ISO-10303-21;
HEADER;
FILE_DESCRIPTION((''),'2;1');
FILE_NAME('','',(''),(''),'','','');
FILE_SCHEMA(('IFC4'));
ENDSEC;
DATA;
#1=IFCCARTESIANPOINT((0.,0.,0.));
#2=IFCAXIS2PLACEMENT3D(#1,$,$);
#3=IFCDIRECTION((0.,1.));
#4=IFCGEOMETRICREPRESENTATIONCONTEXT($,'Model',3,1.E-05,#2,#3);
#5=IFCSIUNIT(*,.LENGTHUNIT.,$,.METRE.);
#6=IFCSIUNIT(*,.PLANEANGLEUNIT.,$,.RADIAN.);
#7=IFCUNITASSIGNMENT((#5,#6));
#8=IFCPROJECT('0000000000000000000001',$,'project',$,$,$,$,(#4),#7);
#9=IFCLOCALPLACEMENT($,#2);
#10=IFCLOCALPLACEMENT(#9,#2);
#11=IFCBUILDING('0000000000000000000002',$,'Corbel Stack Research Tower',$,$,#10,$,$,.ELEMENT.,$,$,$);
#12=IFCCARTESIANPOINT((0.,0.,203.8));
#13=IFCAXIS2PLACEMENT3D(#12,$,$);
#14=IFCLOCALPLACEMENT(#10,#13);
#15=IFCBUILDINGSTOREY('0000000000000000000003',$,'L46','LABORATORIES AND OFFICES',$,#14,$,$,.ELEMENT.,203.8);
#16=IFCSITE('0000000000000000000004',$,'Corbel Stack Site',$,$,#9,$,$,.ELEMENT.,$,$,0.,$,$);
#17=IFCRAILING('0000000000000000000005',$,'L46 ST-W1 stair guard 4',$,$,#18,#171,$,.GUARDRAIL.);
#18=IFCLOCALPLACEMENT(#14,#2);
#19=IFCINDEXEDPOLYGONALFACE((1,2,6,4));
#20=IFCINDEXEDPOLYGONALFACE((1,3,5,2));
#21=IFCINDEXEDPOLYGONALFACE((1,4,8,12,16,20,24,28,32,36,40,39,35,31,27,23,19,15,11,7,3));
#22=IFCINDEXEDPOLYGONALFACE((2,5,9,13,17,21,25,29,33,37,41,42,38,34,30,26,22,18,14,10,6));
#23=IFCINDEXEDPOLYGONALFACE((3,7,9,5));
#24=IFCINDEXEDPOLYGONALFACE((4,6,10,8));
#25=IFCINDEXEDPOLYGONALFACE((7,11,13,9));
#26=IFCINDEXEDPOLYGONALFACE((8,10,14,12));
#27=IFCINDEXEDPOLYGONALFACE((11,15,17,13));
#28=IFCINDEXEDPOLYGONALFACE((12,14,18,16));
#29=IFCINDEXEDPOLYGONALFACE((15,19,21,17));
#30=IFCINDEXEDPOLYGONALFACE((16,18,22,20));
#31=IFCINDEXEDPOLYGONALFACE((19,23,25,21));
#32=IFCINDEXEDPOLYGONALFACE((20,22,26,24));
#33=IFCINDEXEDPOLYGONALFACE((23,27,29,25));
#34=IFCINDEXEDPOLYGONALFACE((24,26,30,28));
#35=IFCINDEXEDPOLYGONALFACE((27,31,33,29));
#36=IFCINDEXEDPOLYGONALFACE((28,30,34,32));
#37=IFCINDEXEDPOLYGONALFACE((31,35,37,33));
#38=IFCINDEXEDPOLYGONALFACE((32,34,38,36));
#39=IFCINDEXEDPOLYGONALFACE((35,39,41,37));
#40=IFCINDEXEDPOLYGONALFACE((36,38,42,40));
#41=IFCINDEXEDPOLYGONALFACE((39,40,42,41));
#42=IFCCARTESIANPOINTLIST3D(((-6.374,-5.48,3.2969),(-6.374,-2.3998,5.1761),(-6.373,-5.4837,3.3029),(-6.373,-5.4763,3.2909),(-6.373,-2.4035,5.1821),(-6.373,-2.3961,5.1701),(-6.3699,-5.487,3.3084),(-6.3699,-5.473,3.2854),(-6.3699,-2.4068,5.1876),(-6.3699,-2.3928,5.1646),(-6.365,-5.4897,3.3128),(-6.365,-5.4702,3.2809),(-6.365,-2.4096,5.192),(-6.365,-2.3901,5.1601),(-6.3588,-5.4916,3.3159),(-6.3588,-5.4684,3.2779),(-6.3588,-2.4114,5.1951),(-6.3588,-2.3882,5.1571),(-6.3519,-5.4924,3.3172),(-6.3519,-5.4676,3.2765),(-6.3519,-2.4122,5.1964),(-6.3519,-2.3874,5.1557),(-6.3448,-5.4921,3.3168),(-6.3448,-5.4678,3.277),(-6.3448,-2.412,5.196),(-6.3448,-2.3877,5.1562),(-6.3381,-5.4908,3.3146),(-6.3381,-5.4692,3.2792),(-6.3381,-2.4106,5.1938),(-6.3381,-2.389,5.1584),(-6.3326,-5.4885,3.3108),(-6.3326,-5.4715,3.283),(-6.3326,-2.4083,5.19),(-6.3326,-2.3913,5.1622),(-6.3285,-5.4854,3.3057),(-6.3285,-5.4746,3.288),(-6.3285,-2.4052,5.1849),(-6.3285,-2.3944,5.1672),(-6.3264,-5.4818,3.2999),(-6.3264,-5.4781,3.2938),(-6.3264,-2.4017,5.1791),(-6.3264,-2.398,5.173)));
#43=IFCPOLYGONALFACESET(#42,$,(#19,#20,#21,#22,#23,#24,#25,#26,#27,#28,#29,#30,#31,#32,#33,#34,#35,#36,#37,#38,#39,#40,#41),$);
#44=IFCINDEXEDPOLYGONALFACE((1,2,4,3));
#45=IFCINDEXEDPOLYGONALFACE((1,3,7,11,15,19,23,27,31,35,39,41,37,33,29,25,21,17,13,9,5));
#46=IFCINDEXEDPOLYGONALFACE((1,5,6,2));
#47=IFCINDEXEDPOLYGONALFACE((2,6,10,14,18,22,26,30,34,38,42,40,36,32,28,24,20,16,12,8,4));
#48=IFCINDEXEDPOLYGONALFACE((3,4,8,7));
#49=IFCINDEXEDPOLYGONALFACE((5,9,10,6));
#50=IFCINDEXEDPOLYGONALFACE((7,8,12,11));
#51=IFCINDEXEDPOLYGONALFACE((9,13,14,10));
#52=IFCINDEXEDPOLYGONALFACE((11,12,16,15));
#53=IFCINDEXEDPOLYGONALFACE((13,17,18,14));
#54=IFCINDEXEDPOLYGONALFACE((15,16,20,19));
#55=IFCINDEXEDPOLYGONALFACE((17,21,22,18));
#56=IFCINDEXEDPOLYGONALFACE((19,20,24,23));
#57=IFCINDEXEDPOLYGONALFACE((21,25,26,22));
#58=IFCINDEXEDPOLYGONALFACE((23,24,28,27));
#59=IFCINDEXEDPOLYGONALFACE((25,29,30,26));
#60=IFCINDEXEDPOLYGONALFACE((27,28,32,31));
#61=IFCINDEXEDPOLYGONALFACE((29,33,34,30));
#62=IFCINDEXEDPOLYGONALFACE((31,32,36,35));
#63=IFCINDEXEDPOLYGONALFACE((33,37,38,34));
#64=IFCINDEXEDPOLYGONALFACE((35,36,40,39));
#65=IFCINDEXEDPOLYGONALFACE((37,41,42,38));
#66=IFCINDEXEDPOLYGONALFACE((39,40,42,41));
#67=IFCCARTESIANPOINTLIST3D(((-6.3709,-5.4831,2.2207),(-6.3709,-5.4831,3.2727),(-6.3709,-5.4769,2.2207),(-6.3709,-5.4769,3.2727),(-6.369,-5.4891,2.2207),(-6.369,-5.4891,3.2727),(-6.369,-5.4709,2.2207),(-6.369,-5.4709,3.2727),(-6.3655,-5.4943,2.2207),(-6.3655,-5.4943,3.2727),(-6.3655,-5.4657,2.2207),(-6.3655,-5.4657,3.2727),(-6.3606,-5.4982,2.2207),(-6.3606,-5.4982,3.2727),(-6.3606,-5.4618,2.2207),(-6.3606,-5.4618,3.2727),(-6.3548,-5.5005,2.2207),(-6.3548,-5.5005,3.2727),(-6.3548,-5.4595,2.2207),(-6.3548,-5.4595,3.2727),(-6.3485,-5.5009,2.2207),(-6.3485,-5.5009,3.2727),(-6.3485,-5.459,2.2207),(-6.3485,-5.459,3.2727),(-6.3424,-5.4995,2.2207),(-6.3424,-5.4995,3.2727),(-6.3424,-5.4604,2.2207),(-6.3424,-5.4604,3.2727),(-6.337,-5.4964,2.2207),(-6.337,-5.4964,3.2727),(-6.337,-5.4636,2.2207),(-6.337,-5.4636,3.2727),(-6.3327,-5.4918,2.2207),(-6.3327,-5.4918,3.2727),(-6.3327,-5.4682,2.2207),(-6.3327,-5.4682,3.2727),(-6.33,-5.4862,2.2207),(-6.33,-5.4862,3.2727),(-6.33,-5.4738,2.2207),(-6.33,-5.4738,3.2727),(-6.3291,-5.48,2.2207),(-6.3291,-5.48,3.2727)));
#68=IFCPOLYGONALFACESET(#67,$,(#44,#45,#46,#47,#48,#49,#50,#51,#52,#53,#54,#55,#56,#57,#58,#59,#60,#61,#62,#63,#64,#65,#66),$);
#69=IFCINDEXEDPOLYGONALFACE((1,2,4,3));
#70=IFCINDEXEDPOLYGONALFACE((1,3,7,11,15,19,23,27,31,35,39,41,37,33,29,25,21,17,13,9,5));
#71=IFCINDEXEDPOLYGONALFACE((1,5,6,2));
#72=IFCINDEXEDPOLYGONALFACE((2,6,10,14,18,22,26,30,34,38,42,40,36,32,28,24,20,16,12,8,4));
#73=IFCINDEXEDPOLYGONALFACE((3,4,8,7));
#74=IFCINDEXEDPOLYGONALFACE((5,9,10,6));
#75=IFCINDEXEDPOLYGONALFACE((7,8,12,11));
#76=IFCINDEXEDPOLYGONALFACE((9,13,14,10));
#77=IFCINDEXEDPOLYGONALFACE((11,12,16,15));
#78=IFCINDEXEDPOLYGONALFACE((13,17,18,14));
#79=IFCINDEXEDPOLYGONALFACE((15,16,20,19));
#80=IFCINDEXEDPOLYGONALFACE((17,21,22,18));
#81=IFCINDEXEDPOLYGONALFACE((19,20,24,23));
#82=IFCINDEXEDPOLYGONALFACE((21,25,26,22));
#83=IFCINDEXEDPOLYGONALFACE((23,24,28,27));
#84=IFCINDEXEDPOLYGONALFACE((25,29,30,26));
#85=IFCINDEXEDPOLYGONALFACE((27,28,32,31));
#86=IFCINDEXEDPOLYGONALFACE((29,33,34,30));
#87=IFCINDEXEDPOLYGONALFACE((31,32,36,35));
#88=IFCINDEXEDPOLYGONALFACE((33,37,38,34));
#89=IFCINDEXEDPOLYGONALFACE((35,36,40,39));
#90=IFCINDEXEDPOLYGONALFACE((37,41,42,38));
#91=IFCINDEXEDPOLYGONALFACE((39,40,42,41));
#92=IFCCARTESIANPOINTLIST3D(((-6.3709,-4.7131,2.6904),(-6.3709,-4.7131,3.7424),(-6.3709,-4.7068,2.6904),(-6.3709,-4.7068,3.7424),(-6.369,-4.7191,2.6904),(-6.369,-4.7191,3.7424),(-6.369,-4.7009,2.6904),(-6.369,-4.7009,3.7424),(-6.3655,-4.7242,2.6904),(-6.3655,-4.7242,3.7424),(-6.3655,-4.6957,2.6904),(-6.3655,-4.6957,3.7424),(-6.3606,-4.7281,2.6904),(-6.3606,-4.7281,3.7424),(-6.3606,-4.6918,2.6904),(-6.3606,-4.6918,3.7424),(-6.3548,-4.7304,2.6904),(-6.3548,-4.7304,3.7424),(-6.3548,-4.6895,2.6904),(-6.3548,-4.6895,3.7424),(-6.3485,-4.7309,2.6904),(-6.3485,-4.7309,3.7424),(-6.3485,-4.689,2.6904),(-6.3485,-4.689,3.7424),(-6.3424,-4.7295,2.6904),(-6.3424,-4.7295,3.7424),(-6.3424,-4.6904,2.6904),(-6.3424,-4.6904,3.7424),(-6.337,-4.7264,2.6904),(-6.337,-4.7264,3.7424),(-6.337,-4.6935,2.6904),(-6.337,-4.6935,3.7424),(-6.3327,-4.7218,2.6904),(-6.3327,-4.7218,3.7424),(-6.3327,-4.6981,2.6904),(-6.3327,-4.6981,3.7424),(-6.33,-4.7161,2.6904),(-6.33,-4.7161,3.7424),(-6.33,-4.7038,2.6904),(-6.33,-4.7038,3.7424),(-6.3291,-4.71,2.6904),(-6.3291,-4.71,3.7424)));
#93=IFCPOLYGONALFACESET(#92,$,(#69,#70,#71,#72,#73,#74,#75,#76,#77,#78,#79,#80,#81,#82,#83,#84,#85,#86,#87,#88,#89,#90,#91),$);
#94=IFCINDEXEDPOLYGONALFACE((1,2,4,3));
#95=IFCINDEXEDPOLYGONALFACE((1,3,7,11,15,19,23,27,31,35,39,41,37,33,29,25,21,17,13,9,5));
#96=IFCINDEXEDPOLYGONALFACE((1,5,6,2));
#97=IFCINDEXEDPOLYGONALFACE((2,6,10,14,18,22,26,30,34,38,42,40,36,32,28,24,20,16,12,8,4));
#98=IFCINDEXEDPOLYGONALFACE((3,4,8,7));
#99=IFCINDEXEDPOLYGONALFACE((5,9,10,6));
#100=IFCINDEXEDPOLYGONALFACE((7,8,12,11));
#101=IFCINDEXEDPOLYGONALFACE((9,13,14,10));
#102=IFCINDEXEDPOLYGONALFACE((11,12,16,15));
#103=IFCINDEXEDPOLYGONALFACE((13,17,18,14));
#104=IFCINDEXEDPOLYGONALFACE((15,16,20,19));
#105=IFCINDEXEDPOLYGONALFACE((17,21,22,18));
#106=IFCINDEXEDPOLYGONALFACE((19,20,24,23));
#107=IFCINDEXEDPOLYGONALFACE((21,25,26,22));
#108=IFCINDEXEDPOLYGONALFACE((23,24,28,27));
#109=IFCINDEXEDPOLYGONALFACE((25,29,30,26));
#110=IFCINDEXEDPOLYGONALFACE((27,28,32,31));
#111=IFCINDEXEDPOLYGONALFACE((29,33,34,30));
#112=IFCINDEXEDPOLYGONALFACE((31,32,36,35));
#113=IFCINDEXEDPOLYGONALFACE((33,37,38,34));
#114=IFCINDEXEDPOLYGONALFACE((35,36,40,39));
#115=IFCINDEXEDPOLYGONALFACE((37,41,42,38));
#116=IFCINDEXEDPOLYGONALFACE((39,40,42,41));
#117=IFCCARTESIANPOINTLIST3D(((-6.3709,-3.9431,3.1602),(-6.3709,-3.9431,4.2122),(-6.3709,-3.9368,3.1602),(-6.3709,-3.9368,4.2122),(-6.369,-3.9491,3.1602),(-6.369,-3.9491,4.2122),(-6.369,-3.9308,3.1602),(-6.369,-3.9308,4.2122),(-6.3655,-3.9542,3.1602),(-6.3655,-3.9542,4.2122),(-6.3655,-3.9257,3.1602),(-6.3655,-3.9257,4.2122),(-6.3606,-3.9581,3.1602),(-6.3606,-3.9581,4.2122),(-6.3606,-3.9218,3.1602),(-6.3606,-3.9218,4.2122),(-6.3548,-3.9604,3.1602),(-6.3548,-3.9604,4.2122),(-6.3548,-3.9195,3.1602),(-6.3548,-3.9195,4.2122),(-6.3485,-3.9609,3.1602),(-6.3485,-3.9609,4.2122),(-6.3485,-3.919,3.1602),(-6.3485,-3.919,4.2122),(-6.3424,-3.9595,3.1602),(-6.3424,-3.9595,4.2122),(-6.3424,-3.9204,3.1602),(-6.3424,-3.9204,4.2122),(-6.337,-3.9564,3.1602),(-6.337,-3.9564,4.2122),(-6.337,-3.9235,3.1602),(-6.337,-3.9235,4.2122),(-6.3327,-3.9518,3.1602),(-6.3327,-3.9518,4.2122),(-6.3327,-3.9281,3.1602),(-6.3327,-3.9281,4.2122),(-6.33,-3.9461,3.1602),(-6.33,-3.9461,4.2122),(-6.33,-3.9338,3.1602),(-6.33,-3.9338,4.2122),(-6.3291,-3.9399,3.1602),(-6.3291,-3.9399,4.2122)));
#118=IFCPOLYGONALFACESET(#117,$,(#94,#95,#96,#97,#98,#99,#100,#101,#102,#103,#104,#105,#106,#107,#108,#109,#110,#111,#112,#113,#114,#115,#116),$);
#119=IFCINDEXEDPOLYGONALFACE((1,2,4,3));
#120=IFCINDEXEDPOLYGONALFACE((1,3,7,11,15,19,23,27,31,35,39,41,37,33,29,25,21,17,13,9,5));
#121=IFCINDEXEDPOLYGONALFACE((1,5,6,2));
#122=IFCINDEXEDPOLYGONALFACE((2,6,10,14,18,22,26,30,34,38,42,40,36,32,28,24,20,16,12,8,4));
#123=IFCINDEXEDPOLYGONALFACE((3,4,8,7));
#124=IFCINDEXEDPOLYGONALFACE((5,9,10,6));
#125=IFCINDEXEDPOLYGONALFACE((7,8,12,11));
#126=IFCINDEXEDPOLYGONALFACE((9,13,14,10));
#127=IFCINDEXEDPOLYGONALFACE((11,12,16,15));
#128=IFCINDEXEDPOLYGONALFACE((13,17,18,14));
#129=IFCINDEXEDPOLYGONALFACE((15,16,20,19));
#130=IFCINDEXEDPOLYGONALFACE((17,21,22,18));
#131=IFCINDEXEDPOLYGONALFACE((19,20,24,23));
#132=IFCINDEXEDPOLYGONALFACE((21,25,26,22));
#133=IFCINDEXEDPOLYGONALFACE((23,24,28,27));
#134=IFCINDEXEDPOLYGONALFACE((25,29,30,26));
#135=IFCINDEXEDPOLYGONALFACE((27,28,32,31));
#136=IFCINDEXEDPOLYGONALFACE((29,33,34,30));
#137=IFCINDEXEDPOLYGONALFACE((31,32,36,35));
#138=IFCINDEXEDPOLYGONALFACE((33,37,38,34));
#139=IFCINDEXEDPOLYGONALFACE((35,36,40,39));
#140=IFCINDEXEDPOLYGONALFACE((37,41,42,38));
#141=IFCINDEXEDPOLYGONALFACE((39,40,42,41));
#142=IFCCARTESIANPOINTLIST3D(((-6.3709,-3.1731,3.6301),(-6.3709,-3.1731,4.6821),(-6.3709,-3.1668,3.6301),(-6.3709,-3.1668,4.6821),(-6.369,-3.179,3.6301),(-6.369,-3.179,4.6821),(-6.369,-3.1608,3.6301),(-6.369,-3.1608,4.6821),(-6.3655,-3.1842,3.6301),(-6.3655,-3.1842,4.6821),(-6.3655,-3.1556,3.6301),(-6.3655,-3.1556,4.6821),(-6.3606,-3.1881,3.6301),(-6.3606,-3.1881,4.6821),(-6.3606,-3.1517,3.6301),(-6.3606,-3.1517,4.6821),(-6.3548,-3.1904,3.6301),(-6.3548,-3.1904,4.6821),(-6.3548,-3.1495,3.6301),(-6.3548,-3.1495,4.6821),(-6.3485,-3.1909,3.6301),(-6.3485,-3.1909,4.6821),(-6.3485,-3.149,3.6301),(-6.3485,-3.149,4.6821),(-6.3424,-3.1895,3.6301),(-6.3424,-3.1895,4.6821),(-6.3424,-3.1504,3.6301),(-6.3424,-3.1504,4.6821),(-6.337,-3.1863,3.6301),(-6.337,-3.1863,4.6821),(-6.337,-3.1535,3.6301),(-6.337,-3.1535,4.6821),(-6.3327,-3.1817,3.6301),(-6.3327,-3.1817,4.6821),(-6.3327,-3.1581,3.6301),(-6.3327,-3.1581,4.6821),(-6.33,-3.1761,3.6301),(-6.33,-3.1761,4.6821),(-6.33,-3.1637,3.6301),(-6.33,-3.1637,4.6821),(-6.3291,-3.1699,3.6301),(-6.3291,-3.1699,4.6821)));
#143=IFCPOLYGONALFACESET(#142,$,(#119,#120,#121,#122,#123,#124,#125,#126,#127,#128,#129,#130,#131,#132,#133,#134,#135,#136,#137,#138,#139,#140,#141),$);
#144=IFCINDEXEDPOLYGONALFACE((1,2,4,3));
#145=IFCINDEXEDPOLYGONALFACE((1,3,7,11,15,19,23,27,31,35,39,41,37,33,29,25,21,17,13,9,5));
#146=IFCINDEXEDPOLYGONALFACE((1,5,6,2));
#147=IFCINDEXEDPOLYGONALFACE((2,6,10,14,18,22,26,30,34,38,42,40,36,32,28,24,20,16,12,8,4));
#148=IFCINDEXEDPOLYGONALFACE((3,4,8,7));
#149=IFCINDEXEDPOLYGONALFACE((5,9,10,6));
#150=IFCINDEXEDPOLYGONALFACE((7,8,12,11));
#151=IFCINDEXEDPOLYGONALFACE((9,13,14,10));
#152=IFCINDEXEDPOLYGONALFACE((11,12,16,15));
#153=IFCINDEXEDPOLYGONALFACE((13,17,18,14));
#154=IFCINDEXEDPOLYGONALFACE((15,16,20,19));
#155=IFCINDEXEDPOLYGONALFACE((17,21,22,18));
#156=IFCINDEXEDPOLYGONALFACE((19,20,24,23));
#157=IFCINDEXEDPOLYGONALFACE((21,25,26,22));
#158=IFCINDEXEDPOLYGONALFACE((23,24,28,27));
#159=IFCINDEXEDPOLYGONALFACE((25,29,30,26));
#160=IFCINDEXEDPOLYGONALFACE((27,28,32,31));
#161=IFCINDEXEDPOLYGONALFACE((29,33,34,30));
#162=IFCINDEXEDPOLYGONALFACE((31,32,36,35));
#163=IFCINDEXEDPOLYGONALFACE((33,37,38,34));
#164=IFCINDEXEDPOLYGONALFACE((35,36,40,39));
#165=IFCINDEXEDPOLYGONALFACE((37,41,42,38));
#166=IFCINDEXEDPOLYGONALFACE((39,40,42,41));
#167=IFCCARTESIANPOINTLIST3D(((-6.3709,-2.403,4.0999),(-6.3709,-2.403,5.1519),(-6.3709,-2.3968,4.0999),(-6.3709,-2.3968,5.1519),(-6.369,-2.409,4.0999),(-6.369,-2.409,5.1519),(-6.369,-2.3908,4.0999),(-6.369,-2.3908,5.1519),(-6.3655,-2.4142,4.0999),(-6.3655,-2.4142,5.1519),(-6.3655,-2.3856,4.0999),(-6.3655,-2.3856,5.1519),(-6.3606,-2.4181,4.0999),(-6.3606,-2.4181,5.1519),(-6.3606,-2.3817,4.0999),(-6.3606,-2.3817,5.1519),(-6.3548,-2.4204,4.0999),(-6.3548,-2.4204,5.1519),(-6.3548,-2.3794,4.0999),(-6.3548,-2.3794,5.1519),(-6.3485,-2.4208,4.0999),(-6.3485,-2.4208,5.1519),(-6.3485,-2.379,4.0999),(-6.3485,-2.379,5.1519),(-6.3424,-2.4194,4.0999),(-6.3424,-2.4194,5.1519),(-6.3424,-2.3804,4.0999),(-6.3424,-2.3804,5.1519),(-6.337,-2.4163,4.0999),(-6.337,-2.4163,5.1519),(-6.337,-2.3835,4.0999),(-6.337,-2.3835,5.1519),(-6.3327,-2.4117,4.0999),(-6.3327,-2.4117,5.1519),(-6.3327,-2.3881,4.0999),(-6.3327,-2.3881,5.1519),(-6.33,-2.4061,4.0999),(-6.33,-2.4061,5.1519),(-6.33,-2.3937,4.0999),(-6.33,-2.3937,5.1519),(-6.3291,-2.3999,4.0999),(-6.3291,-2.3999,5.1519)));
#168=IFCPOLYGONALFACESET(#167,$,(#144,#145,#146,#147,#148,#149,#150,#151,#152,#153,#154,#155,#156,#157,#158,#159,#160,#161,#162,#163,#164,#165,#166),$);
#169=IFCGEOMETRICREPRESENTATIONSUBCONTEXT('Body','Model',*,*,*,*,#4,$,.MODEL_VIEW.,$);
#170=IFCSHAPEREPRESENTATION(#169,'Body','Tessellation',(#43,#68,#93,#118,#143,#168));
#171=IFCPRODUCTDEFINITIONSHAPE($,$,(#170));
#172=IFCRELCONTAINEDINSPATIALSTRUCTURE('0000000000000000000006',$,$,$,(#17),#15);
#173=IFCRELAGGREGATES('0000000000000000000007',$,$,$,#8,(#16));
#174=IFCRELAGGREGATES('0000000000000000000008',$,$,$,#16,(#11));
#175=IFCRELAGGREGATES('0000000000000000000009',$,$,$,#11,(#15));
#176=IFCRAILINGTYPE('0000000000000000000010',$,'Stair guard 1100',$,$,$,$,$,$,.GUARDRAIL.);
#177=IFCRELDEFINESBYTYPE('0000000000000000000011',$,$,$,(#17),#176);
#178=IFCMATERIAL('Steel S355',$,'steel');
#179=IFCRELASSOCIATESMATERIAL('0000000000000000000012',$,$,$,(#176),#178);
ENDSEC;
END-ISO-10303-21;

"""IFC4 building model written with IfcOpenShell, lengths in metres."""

from ifc_helpers import new_model, si_unit, direction, frame, origin, origin_2d, place, context, subcontext, project, spatial, circle, extrude, material, type_object, element, save


model = new_model("IFC4")

# Units and contexts
model_context = context("Model", 3, precision=1e-05, world=origin(), true_north=direction((0.0, 1.0)))
body_context = subcontext(model_context, "Body", "Model", "MODEL_VIEW")
ifc_project = project(units=[si_unit("LENGTHUNIT", "METRE"), si_unit("PLANEANGLEUNIT", "RADIAN")], contexts=[model_context])

# Site, building, storey
site_placement = place(None, origin())
site = spatial("IfcSite", under=ifc_project, at=site_placement, Name="Corbel Stack Site", CompositionType="ELEMENT", RefElevation=0.0)
building_placement = place(site_placement, origin())
building = spatial("IfcBuilding", under=site, at=building_placement, Name="Corbel Stack Research Tower", CompositionType="ELEMENT")
storey_placement = place(building_placement, frame((0.0, 0.0, 203.8)))
storey = spatial("IfcBuildingStorey", under=building, at=storey_placement, Name="L46", Description="LABORATORIES AND OFFICES", CompositionType="ELEMENT", Elevation=203.8)

# Railing
ifc_material_1 = material(Name="Steel S355", Category="steel")
railing_type_1 = type_object("IfcRailingType", Name="Stair guard 1100", PredefinedType="GUARDRAIL", material=ifc_material_1)
railing_1_placement = place(storey_placement, frame((-6.3501, -5.48, 2.2207)))
element("IfcRailing", 1, at=railing_1_placement, inside=storey, type_object=railing_type_1, Name="L46 ST-W1 stair guard 4", PredefinedType="GUARDRAIL", context=body_context, shape_type="SweptSolid", body=[
    extrude(circle(Radius=0.0239, at=origin_2d()), frame((0.0, 0.0, 1.0762), z_axis=(0.0, 0.853666, 0.52082), x_axis=(-1.0, 0.0, 0.0)), (0.0, 0.0, 1.0), 3.6082),
    extrude(circle(Radius=0.021, at=origin_2d()), origin(), (0.0, 0.0, 1.0), 1.052),
    extrude(circle(Radius=0.021, at=origin_2d()), frame((0.0, 0.77, 0.4697)), (0.0, 0.0, 1.0), 1.052),
    extrude(circle(Radius=0.021, at=origin_2d()), frame((0.0, 1.54, 0.9395)), (0.0, 0.0, 1.0), 1.052),
    extrude(circle(Radius=0.021, at=origin_2d()), frame((0.0, 2.3101, 1.4094)), (0.0, 0.0, 1.0), 1.052),
    extrude(circle(Radius=0.021, at=origin_2d()), frame((0.0, 3.0801, 1.8792)), (0.0, 0.0, 1.0), 1.052),
])

save(model, "model.ifc")
